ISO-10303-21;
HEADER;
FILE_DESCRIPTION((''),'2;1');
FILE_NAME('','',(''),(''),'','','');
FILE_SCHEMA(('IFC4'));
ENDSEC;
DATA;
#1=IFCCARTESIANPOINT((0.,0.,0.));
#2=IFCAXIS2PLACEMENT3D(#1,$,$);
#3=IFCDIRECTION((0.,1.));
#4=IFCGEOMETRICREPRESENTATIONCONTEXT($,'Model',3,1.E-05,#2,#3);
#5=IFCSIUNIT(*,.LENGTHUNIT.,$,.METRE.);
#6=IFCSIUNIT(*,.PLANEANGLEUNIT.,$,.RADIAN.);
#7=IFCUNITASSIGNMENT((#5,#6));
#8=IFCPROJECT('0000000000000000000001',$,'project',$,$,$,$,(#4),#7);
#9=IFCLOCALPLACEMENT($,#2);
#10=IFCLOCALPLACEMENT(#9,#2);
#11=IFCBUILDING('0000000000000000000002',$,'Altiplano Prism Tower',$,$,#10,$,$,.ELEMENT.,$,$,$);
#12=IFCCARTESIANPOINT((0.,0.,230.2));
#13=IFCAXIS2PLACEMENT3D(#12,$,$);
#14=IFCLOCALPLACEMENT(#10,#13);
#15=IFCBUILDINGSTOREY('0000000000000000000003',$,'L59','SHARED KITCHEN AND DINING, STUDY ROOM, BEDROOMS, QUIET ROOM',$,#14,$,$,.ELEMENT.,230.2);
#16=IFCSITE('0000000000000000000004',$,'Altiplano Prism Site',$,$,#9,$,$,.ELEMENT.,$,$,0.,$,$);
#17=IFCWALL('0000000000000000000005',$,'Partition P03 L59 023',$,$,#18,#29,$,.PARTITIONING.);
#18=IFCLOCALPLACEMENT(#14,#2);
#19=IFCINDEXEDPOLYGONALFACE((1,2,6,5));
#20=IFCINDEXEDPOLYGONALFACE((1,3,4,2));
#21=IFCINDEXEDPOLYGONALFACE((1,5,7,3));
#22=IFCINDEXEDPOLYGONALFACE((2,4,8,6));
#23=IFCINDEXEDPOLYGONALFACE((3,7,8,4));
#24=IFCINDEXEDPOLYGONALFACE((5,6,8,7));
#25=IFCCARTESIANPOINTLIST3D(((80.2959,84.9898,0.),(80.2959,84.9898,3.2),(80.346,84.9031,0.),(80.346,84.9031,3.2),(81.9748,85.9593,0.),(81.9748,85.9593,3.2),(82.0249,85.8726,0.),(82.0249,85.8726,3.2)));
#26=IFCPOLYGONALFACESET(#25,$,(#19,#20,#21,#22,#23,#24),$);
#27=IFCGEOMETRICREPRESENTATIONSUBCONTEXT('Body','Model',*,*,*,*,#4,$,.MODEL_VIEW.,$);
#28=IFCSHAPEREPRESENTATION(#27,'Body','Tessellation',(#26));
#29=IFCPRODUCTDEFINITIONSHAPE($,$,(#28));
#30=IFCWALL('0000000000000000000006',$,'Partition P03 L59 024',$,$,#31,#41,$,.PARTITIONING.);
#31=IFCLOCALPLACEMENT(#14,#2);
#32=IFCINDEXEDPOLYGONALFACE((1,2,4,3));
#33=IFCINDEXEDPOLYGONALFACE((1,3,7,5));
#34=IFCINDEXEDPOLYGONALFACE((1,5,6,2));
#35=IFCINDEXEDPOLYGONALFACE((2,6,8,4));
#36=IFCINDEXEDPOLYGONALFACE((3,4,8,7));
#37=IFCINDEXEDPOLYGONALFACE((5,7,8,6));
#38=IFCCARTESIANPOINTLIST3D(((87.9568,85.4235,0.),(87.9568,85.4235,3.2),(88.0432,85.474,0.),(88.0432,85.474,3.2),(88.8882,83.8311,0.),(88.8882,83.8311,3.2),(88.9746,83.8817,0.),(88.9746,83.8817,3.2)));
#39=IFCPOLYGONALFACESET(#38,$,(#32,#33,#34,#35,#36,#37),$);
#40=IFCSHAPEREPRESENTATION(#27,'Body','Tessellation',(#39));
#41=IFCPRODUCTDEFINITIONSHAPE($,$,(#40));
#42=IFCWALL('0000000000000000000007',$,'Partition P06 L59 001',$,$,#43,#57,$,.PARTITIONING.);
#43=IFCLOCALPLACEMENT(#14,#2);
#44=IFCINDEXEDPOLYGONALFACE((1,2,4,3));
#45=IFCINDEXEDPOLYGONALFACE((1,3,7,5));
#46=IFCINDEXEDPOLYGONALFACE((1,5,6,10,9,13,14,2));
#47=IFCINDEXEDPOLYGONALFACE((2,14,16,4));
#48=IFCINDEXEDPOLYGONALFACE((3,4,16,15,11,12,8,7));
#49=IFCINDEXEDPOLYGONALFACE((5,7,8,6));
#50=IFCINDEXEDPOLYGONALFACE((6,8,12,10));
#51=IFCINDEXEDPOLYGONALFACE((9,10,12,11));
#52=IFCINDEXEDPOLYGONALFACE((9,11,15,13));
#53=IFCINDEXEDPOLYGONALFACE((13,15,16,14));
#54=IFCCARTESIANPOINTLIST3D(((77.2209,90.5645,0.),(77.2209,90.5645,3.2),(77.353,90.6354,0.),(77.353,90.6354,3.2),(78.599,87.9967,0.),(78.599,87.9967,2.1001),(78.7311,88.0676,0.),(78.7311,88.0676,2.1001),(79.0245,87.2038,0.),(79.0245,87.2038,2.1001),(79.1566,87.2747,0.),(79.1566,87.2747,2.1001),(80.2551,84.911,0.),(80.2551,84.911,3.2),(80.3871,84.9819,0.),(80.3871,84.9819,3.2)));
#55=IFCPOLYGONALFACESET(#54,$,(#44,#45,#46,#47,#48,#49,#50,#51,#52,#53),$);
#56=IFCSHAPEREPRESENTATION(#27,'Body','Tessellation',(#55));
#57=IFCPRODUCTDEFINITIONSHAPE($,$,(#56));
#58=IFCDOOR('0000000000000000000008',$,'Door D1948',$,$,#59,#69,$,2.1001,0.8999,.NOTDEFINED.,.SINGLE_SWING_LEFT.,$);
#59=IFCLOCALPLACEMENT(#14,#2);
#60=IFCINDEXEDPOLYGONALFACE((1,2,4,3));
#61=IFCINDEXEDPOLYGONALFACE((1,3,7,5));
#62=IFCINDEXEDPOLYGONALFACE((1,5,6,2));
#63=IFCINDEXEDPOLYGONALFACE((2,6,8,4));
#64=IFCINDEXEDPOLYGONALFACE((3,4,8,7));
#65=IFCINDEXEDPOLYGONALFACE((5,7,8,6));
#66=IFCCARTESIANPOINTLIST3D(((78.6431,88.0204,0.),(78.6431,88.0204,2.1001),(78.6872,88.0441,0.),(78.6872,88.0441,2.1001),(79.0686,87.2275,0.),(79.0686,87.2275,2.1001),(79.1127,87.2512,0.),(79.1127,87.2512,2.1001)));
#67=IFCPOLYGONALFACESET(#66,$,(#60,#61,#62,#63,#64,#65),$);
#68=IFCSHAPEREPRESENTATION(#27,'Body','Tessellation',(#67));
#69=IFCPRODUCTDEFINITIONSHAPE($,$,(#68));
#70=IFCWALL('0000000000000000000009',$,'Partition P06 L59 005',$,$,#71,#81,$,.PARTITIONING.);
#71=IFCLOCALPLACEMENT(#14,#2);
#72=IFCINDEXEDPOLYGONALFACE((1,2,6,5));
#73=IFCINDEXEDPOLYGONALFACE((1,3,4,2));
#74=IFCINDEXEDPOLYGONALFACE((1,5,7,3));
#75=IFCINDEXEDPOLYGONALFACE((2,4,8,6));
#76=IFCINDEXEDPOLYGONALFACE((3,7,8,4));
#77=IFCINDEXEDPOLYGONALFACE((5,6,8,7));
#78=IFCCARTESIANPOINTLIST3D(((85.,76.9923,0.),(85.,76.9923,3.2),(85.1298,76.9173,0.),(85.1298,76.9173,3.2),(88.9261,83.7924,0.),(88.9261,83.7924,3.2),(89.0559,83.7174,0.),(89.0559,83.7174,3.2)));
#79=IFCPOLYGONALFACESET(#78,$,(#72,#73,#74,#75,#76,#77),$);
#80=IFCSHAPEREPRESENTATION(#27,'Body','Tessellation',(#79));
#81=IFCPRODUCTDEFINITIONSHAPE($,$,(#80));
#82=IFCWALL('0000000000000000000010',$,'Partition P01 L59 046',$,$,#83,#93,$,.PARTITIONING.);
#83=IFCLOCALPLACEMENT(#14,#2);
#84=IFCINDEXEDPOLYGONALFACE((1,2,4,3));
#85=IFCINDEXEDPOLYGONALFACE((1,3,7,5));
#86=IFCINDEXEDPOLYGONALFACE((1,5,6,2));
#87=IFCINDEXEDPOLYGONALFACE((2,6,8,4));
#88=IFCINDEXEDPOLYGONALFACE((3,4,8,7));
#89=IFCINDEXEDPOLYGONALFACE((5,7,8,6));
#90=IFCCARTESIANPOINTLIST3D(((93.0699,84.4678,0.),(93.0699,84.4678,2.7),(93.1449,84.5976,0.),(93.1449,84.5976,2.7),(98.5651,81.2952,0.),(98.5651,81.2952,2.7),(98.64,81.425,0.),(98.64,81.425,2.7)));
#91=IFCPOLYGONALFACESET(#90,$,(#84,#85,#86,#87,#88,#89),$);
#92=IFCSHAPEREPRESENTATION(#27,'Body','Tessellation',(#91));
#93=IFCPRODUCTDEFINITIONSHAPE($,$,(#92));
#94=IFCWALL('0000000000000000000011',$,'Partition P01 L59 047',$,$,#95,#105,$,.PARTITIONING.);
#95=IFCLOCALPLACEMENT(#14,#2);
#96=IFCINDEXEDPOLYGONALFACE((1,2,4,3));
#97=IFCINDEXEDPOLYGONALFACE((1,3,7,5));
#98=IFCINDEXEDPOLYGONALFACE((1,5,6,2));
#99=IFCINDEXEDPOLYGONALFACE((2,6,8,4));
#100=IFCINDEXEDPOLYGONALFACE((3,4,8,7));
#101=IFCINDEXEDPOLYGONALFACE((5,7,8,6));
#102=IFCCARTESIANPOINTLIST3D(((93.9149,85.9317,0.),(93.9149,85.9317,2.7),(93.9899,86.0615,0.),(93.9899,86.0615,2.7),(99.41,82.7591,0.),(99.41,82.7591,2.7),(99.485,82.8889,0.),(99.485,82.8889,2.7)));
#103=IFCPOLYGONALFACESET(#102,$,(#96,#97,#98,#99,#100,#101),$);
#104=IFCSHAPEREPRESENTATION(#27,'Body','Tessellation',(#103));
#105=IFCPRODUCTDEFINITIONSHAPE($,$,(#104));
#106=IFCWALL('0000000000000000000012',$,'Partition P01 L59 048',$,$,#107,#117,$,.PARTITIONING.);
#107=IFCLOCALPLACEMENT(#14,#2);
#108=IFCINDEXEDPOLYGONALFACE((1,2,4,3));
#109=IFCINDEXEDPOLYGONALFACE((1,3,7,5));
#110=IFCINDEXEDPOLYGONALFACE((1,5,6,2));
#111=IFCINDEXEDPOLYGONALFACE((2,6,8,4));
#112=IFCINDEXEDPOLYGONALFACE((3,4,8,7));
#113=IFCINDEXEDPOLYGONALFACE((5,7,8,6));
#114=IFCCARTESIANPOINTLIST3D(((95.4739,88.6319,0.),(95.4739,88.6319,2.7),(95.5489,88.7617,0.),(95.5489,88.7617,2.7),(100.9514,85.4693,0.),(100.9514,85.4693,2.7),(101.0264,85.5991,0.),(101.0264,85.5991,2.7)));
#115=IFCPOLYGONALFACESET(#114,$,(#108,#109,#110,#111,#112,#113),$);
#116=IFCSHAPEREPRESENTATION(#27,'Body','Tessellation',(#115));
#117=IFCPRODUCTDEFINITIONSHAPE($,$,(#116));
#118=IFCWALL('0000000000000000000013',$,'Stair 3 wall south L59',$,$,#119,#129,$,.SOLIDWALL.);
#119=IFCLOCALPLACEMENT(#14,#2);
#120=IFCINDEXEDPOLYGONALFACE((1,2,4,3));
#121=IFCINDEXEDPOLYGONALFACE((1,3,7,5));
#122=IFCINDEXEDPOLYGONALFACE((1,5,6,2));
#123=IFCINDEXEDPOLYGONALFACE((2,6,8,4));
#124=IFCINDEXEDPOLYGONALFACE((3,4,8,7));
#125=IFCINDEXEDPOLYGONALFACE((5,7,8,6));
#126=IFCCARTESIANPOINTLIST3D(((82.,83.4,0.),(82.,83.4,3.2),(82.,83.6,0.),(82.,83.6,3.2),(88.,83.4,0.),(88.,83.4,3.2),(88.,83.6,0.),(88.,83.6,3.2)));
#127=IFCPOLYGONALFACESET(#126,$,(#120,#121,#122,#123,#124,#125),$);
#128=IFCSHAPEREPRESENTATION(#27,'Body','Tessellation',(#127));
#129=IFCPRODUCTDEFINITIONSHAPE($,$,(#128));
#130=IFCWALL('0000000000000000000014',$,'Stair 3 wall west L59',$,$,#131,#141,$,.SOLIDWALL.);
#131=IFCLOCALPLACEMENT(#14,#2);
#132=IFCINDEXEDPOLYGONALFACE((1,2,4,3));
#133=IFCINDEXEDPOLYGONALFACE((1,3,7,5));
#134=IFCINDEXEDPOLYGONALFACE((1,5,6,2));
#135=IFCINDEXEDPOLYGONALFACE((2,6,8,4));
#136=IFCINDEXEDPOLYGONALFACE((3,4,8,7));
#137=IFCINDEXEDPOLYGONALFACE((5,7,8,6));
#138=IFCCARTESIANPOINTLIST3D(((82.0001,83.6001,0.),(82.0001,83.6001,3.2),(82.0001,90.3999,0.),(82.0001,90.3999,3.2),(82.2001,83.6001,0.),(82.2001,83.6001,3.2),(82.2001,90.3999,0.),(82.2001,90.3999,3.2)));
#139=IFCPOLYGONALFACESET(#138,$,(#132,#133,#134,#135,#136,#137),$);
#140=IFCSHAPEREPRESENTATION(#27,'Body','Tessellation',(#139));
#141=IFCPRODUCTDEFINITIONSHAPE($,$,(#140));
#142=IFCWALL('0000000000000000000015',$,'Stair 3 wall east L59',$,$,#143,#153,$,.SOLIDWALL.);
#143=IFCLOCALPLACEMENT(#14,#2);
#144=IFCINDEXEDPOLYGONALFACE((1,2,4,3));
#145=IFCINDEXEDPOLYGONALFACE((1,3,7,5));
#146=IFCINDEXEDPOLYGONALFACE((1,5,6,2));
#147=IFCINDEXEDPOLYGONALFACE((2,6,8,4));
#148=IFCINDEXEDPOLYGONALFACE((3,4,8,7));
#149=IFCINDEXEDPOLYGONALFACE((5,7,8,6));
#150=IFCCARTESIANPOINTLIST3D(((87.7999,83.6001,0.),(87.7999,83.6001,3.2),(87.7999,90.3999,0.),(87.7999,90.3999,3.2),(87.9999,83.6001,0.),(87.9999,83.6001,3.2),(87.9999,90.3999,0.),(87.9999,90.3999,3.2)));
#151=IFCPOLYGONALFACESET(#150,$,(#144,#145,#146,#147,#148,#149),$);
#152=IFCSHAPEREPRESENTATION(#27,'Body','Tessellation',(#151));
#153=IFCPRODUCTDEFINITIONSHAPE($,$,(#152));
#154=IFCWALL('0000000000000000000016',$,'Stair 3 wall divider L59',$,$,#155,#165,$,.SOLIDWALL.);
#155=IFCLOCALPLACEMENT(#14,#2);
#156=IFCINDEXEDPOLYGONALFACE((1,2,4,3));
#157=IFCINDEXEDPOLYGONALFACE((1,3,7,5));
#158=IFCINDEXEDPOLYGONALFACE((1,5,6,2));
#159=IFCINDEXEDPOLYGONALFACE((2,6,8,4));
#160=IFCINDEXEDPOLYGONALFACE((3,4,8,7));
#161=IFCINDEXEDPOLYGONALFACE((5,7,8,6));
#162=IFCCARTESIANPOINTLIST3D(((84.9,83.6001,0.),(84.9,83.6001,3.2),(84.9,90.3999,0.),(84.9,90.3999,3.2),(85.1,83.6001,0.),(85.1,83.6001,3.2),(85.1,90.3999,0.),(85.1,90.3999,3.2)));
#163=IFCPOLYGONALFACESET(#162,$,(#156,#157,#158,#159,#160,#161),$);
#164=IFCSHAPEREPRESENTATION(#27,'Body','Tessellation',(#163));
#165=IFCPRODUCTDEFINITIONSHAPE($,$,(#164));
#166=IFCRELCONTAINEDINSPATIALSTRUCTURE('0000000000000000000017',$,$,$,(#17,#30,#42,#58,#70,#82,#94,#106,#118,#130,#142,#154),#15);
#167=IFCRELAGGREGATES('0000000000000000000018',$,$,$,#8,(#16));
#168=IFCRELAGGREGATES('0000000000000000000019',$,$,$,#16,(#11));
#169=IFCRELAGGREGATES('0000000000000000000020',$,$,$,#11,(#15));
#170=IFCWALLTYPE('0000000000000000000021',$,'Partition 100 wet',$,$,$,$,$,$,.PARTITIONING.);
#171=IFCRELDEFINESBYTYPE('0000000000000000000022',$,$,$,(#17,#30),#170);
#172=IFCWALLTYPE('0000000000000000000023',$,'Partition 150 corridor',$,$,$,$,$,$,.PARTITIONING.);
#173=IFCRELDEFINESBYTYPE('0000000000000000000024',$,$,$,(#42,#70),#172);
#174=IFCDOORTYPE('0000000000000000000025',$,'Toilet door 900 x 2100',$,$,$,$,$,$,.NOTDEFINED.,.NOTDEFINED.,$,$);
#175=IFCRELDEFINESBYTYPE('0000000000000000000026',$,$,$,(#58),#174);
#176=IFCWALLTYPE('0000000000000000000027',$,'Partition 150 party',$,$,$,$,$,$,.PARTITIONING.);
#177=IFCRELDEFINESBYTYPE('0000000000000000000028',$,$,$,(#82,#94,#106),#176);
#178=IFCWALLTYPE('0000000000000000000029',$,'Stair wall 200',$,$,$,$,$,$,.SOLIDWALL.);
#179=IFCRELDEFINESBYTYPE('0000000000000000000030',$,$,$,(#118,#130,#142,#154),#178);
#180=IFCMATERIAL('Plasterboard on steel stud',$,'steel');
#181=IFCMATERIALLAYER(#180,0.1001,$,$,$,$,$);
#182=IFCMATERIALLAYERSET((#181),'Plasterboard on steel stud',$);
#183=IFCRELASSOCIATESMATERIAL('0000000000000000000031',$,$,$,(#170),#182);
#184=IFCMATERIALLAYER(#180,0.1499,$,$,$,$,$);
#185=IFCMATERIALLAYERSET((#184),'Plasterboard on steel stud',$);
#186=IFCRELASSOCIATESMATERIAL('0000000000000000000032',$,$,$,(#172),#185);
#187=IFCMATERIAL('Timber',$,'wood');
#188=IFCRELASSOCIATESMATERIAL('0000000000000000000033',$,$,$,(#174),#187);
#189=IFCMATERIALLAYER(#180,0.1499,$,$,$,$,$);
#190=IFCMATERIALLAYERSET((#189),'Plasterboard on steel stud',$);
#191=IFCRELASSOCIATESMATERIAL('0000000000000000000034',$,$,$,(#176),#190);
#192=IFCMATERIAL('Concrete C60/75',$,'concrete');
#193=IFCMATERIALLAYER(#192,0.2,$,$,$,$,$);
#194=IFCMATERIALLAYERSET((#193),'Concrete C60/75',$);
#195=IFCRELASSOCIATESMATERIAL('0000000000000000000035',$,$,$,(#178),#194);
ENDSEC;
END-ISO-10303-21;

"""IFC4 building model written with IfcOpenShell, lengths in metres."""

from ifc_helpers import new_model, si_unit, direction, frame, frame_2d, origin, place, context, subcontext, project, spatial, rectangle, extrude, material, layer, layer_set, type_object, element, fill, save


model = new_model("IFC4")

# Units and contexts
model_context = context("Model", 3, precision=1e-05, world=origin(), true_north=direction((0.0, 1.0)))
body_context = subcontext(model_context, "Body", "Model", "MODEL_VIEW")
ifc_project = project(units=[si_unit("LENGTHUNIT", "METRE"), si_unit("PLANEANGLEUNIT", "RADIAN")], contexts=[model_context])

# Site, building, storey
site_placement = place(None, origin())
site = spatial("IfcSite", under=ifc_project, at=site_placement, Name="Altiplano Prism Site", CompositionType="ELEMENT", RefElevation=0.0)
building_placement = place(site_placement, origin())
building = spatial("IfcBuilding", under=site, at=building_placement, Name="Altiplano Prism Tower", CompositionType="ELEMENT")
storey_placement = place(building_placement, frame((0.0, 0.0, 230.2)))
storey = spatial("IfcBuildingStorey", under=building, at=storey_placement, Name="L59", Description="SHARED KITCHEN AND DINING, STUDY ROOM, BEDROOMS, QUIET ROOM", CompositionType="ELEMENT", Elevation=230.2)

# Shared definitions
ifc_material_1 = material(Name="Concrete C60/75", Category="concrete")

# Shared definitions
ifc_material_2 = material(Name="Plasterboard on steel stud", Category="steel")
ifc_material_3 = material(Name="Timber", Category="wood")

# Walls
ifc_layer_1 = layer(ifc_material_2, 0.1001)
ifc_layer_set_1 = layer_set([ifc_layer_1], Name="Plasterboard on steel stud")
wall_type_1 = type_object("IfcWallType", Name="Partition 100 wet", PredefinedType="PARTITIONING", material=ifc_layer_set_1)
wall_1_placement = place(storey_placement, frame((80.321, 84.9465, 0.0), z_axis=(0.0, 0.0, 1.0), x_axis=(0.865995, 0.500053, 0.0)))
element("IfcWall", 1, at=wall_1_placement, inside=storey, type_object=wall_type_1, Name="Partition P03 L59 023", PredefinedType="PARTITIONING", context=body_context, shape_type="SweptSolid", body=[
    extrude(rectangle(XDim=1.9387, YDim=0.1001, at=frame_2d((0.9692, 0.0))), origin(), (0.0, 0.0, 1.0), 3.2),
])
wall_2_placement = place(storey_placement, frame((88.0, 85.4487, 0.0), z_axis=(0.0, 0.0, 1.0), x_axis=(0.504908, -0.863173, 0.0)))
element("IfcWall", 2, at=wall_2_placement, inside=storey, type_object=wall_type_1, Name="Partition P03 L59 024", PredefinedType="PARTITIONING", context=body_context, shape_type="SweptSolid", body=[
    extrude(rectangle(XDim=1.8447, YDim=0.1001, at=frame_2d((0.9224, 0.0))), origin(), (0.0, 0.0, 1.0), 3.2),
])

# Wall, opening, door
ifc_layer_2 = layer(ifc_material_2, 0.1499)
ifc_layer_set_2 = layer_set([ifc_layer_2], Name="Plasterboard on steel stud")
wall_type_2 = type_object("IfcWallType", Name="Partition 150 corridor", PredefinedType="PARTITIONING", material=ifc_layer_set_2)
wall_3_placement = place(storey_placement, frame((80.321, 84.9465, 0.0), z_axis=(0.0, 0.0, 1.0), x_axis=(-0.472885, 0.881124, 0.0)))
wall_3 = element("IfcWall", 3, at=wall_3_placement, inside=storey, type_object=wall_type_2, Name="Partition P06 L59 001", PredefinedType="PARTITIONING", context=body_context, shape_type="SweptSolid", body=[
    extrude(rectangle(XDim=6.4163, YDim=0.1499, at=frame_2d((3.208, 0.0))), origin(), (0.0, 0.0, 1.0), 3.2),
])
opening_1_placement = place(wall_3_placement, frame((2.6021, 0.0, 0.0)))
opening_1 = element("IfcOpeningElement", 4, at=opening_1_placement, cuts=wall_3, PredefinedType="OPENING", context=body_context, shape_type="SweptSolid", body=[
    extrude(rectangle(XDim=0.8999, YDim=2.1001, at=frame_2d((0.45, 1.05))), frame((0.0, 0.0854, 0.0), z_axis=(0.0, -1.0, 0.0), x_axis=(1.0, 0.0, 0.0)), (0.0, 0.0, 1.0), 0.1709),
])
door_type_1 = type_object("IfcDoorType", Name="Toilet door 900 x 2100", OperationType="NOTDEFINED", PredefinedType="NOTDEFINED", material=ifc_material_3)
door_1_placement = place(opening_1_placement, origin())
door_1 = element("IfcDoor", 5, at=door_1_placement, inside=storey, type_object=door_type_1, Name="Door D1948", OperationType="SINGLE_SWING_LEFT", OverallHeight=2.1001, OverallWidth=0.8999, PredefinedType="NOTDEFINED", context=body_context, shape_type="SweptSolid", body=[
    extrude(rectangle(XDim=0.8999, YDim=2.1001, at=frame_2d((0.45, 1.05))), frame((0.0, 0.0249, 0.0), z_axis=(0.0, -1.0, 0.0), x_axis=(1.0, 0.0, 0.0)), (0.0, 0.0, 1.0), 0.05),
])
fill(opening_1, door_1)

# Walls
wall_4_placement = place(storey_placement, frame((88.991, 83.7549, 0.0), z_axis=(0.0, 0.0, 1.0), x_axis=(-0.500001, -0.866025, 0.0)))
element("IfcWall", 6, at=wall_4_placement, inside=storey, type_object=wall_type_2, Name="Partition P06 L59 005", PredefinedType="PARTITIONING", context=body_context, shape_type="SweptSolid", body=[
    extrude(rectangle(XDim=7.8521, YDim=0.1499, at=frame_2d((3.926, 0.0))), origin(), (0.0, 0.0, 1.0), 3.2),
])
ifc_layer_3 = layer(ifc_material_2, 0.1499)
ifc_layer_set_3 = layer_set([ifc_layer_3], Name="Plasterboard on steel stud")
wall_type_3 = type_object("IfcWallType", Name="Partition 150 party", PredefinedType="PARTITIONING", material=ifc_layer_set_3)
for number, where, z_axis, x_axis, name in (
    (7, (98.6025, 81.3601, 0.0), (0.0, 0.0, 1.0), (-0.866025, 0.5, 0.0), "Partition P01 L59 046"),
    (8, (99.4475, 82.824, 0.0), (0.0, 0.0, 1.0), (-0.866025, 0.5, 0.0), "Partition P01 L59 047"),
):
    element("IfcWall", number, at=place(storey_placement, frame(where, z_axis=z_axis, x_axis=x_axis)), inside=storey, type_object=wall_type_3, Name=name, PredefinedType="PARTITIONING", context=body_context, shape_type="SweptSolid", body=[
        extrude(rectangle(XDim=6.3452, YDim=0.1499, at=frame_2d((3.1726, 0.0))), origin(), (0.0, 0.0, 1.0), 2.7),
    ])
wall_5_placement = place(storey_placement, frame((100.989, 85.5342, 0.0), z_axis=(0.0, 0.0, 1.0), x_axis=(-0.866016, 0.500016, 0.0)))
element("IfcWall", 9, at=wall_5_placement, inside=storey, type_object=wall_type_3, Name="Partition P01 L59 048", PredefinedType="PARTITIONING", context=body_context, shape_type="SweptSolid", body=[
    extrude(rectangle(XDim=6.325, YDim=0.1499, at=frame_2d((3.1626, 0.0))), origin(), (0.0, 0.0, 1.0), 2.7),
])
ifc_layer_4 = layer(ifc_material_1, 0.2)
ifc_layer_set_4 = layer_set([ifc_layer_4], Name="Concrete C60/75")
wall_type_4 = type_object("IfcWallType", Name="Stair wall 200", PredefinedType="SOLIDWALL", material=ifc_layer_set_4)
wall_6_placement = place(storey_placement, frame((82.0, 83.5, 0.0), z_axis=(0.0, 0.0, 1.0), x_axis=(1.0, 0.0, 0.0)))
element("IfcWall", 10, at=wall_6_placement, inside=storey, type_object=wall_type_4, Name="Stair 3 wall south L59", PredefinedType="SOLIDWALL", context=body_context, shape_type="SweptSolid", body=[
    extrude(rectangle(XDim=6.0, YDim=0.2, at=frame_2d((3.0, 0.0))), origin(), (0.0, 0.0, 1.0), 3.2),
])
for number, where, z_axis, x_axis, name in (
    (11, (82.1001, 83.6001, 0.0), (0.0, 0.0, 1.0), (0.0, 1.0, 0.0), "Stair 3 wall west L59"),
    (12, (87.8999, 83.6001, 0.0), (0.0, 0.0, 1.0), (0.0, 1.0, 0.0), "Stair 3 wall east L59"),
    (13, (85.0, 83.6001, 0.0), (0.0, 0.0, 1.0), (0.0, 1.0, 0.0), "Stair 3 wall divider L59"),
):
    element("IfcWall", number, at=place(storey_placement, frame(where, z_axis=z_axis, x_axis=x_axis)), inside=storey, type_object=wall_type_4, Name=name, PredefinedType="SOLIDWALL", context=body_context, shape_type="SweptSolid", body=[
        extrude(rectangle(XDim=6.7998, YDim=0.2, at=frame_2d((3.3999, 0.0))), origin(), (0.0, 0.0, 1.0), 3.2),
    ])

save(model, "model.ifc")
